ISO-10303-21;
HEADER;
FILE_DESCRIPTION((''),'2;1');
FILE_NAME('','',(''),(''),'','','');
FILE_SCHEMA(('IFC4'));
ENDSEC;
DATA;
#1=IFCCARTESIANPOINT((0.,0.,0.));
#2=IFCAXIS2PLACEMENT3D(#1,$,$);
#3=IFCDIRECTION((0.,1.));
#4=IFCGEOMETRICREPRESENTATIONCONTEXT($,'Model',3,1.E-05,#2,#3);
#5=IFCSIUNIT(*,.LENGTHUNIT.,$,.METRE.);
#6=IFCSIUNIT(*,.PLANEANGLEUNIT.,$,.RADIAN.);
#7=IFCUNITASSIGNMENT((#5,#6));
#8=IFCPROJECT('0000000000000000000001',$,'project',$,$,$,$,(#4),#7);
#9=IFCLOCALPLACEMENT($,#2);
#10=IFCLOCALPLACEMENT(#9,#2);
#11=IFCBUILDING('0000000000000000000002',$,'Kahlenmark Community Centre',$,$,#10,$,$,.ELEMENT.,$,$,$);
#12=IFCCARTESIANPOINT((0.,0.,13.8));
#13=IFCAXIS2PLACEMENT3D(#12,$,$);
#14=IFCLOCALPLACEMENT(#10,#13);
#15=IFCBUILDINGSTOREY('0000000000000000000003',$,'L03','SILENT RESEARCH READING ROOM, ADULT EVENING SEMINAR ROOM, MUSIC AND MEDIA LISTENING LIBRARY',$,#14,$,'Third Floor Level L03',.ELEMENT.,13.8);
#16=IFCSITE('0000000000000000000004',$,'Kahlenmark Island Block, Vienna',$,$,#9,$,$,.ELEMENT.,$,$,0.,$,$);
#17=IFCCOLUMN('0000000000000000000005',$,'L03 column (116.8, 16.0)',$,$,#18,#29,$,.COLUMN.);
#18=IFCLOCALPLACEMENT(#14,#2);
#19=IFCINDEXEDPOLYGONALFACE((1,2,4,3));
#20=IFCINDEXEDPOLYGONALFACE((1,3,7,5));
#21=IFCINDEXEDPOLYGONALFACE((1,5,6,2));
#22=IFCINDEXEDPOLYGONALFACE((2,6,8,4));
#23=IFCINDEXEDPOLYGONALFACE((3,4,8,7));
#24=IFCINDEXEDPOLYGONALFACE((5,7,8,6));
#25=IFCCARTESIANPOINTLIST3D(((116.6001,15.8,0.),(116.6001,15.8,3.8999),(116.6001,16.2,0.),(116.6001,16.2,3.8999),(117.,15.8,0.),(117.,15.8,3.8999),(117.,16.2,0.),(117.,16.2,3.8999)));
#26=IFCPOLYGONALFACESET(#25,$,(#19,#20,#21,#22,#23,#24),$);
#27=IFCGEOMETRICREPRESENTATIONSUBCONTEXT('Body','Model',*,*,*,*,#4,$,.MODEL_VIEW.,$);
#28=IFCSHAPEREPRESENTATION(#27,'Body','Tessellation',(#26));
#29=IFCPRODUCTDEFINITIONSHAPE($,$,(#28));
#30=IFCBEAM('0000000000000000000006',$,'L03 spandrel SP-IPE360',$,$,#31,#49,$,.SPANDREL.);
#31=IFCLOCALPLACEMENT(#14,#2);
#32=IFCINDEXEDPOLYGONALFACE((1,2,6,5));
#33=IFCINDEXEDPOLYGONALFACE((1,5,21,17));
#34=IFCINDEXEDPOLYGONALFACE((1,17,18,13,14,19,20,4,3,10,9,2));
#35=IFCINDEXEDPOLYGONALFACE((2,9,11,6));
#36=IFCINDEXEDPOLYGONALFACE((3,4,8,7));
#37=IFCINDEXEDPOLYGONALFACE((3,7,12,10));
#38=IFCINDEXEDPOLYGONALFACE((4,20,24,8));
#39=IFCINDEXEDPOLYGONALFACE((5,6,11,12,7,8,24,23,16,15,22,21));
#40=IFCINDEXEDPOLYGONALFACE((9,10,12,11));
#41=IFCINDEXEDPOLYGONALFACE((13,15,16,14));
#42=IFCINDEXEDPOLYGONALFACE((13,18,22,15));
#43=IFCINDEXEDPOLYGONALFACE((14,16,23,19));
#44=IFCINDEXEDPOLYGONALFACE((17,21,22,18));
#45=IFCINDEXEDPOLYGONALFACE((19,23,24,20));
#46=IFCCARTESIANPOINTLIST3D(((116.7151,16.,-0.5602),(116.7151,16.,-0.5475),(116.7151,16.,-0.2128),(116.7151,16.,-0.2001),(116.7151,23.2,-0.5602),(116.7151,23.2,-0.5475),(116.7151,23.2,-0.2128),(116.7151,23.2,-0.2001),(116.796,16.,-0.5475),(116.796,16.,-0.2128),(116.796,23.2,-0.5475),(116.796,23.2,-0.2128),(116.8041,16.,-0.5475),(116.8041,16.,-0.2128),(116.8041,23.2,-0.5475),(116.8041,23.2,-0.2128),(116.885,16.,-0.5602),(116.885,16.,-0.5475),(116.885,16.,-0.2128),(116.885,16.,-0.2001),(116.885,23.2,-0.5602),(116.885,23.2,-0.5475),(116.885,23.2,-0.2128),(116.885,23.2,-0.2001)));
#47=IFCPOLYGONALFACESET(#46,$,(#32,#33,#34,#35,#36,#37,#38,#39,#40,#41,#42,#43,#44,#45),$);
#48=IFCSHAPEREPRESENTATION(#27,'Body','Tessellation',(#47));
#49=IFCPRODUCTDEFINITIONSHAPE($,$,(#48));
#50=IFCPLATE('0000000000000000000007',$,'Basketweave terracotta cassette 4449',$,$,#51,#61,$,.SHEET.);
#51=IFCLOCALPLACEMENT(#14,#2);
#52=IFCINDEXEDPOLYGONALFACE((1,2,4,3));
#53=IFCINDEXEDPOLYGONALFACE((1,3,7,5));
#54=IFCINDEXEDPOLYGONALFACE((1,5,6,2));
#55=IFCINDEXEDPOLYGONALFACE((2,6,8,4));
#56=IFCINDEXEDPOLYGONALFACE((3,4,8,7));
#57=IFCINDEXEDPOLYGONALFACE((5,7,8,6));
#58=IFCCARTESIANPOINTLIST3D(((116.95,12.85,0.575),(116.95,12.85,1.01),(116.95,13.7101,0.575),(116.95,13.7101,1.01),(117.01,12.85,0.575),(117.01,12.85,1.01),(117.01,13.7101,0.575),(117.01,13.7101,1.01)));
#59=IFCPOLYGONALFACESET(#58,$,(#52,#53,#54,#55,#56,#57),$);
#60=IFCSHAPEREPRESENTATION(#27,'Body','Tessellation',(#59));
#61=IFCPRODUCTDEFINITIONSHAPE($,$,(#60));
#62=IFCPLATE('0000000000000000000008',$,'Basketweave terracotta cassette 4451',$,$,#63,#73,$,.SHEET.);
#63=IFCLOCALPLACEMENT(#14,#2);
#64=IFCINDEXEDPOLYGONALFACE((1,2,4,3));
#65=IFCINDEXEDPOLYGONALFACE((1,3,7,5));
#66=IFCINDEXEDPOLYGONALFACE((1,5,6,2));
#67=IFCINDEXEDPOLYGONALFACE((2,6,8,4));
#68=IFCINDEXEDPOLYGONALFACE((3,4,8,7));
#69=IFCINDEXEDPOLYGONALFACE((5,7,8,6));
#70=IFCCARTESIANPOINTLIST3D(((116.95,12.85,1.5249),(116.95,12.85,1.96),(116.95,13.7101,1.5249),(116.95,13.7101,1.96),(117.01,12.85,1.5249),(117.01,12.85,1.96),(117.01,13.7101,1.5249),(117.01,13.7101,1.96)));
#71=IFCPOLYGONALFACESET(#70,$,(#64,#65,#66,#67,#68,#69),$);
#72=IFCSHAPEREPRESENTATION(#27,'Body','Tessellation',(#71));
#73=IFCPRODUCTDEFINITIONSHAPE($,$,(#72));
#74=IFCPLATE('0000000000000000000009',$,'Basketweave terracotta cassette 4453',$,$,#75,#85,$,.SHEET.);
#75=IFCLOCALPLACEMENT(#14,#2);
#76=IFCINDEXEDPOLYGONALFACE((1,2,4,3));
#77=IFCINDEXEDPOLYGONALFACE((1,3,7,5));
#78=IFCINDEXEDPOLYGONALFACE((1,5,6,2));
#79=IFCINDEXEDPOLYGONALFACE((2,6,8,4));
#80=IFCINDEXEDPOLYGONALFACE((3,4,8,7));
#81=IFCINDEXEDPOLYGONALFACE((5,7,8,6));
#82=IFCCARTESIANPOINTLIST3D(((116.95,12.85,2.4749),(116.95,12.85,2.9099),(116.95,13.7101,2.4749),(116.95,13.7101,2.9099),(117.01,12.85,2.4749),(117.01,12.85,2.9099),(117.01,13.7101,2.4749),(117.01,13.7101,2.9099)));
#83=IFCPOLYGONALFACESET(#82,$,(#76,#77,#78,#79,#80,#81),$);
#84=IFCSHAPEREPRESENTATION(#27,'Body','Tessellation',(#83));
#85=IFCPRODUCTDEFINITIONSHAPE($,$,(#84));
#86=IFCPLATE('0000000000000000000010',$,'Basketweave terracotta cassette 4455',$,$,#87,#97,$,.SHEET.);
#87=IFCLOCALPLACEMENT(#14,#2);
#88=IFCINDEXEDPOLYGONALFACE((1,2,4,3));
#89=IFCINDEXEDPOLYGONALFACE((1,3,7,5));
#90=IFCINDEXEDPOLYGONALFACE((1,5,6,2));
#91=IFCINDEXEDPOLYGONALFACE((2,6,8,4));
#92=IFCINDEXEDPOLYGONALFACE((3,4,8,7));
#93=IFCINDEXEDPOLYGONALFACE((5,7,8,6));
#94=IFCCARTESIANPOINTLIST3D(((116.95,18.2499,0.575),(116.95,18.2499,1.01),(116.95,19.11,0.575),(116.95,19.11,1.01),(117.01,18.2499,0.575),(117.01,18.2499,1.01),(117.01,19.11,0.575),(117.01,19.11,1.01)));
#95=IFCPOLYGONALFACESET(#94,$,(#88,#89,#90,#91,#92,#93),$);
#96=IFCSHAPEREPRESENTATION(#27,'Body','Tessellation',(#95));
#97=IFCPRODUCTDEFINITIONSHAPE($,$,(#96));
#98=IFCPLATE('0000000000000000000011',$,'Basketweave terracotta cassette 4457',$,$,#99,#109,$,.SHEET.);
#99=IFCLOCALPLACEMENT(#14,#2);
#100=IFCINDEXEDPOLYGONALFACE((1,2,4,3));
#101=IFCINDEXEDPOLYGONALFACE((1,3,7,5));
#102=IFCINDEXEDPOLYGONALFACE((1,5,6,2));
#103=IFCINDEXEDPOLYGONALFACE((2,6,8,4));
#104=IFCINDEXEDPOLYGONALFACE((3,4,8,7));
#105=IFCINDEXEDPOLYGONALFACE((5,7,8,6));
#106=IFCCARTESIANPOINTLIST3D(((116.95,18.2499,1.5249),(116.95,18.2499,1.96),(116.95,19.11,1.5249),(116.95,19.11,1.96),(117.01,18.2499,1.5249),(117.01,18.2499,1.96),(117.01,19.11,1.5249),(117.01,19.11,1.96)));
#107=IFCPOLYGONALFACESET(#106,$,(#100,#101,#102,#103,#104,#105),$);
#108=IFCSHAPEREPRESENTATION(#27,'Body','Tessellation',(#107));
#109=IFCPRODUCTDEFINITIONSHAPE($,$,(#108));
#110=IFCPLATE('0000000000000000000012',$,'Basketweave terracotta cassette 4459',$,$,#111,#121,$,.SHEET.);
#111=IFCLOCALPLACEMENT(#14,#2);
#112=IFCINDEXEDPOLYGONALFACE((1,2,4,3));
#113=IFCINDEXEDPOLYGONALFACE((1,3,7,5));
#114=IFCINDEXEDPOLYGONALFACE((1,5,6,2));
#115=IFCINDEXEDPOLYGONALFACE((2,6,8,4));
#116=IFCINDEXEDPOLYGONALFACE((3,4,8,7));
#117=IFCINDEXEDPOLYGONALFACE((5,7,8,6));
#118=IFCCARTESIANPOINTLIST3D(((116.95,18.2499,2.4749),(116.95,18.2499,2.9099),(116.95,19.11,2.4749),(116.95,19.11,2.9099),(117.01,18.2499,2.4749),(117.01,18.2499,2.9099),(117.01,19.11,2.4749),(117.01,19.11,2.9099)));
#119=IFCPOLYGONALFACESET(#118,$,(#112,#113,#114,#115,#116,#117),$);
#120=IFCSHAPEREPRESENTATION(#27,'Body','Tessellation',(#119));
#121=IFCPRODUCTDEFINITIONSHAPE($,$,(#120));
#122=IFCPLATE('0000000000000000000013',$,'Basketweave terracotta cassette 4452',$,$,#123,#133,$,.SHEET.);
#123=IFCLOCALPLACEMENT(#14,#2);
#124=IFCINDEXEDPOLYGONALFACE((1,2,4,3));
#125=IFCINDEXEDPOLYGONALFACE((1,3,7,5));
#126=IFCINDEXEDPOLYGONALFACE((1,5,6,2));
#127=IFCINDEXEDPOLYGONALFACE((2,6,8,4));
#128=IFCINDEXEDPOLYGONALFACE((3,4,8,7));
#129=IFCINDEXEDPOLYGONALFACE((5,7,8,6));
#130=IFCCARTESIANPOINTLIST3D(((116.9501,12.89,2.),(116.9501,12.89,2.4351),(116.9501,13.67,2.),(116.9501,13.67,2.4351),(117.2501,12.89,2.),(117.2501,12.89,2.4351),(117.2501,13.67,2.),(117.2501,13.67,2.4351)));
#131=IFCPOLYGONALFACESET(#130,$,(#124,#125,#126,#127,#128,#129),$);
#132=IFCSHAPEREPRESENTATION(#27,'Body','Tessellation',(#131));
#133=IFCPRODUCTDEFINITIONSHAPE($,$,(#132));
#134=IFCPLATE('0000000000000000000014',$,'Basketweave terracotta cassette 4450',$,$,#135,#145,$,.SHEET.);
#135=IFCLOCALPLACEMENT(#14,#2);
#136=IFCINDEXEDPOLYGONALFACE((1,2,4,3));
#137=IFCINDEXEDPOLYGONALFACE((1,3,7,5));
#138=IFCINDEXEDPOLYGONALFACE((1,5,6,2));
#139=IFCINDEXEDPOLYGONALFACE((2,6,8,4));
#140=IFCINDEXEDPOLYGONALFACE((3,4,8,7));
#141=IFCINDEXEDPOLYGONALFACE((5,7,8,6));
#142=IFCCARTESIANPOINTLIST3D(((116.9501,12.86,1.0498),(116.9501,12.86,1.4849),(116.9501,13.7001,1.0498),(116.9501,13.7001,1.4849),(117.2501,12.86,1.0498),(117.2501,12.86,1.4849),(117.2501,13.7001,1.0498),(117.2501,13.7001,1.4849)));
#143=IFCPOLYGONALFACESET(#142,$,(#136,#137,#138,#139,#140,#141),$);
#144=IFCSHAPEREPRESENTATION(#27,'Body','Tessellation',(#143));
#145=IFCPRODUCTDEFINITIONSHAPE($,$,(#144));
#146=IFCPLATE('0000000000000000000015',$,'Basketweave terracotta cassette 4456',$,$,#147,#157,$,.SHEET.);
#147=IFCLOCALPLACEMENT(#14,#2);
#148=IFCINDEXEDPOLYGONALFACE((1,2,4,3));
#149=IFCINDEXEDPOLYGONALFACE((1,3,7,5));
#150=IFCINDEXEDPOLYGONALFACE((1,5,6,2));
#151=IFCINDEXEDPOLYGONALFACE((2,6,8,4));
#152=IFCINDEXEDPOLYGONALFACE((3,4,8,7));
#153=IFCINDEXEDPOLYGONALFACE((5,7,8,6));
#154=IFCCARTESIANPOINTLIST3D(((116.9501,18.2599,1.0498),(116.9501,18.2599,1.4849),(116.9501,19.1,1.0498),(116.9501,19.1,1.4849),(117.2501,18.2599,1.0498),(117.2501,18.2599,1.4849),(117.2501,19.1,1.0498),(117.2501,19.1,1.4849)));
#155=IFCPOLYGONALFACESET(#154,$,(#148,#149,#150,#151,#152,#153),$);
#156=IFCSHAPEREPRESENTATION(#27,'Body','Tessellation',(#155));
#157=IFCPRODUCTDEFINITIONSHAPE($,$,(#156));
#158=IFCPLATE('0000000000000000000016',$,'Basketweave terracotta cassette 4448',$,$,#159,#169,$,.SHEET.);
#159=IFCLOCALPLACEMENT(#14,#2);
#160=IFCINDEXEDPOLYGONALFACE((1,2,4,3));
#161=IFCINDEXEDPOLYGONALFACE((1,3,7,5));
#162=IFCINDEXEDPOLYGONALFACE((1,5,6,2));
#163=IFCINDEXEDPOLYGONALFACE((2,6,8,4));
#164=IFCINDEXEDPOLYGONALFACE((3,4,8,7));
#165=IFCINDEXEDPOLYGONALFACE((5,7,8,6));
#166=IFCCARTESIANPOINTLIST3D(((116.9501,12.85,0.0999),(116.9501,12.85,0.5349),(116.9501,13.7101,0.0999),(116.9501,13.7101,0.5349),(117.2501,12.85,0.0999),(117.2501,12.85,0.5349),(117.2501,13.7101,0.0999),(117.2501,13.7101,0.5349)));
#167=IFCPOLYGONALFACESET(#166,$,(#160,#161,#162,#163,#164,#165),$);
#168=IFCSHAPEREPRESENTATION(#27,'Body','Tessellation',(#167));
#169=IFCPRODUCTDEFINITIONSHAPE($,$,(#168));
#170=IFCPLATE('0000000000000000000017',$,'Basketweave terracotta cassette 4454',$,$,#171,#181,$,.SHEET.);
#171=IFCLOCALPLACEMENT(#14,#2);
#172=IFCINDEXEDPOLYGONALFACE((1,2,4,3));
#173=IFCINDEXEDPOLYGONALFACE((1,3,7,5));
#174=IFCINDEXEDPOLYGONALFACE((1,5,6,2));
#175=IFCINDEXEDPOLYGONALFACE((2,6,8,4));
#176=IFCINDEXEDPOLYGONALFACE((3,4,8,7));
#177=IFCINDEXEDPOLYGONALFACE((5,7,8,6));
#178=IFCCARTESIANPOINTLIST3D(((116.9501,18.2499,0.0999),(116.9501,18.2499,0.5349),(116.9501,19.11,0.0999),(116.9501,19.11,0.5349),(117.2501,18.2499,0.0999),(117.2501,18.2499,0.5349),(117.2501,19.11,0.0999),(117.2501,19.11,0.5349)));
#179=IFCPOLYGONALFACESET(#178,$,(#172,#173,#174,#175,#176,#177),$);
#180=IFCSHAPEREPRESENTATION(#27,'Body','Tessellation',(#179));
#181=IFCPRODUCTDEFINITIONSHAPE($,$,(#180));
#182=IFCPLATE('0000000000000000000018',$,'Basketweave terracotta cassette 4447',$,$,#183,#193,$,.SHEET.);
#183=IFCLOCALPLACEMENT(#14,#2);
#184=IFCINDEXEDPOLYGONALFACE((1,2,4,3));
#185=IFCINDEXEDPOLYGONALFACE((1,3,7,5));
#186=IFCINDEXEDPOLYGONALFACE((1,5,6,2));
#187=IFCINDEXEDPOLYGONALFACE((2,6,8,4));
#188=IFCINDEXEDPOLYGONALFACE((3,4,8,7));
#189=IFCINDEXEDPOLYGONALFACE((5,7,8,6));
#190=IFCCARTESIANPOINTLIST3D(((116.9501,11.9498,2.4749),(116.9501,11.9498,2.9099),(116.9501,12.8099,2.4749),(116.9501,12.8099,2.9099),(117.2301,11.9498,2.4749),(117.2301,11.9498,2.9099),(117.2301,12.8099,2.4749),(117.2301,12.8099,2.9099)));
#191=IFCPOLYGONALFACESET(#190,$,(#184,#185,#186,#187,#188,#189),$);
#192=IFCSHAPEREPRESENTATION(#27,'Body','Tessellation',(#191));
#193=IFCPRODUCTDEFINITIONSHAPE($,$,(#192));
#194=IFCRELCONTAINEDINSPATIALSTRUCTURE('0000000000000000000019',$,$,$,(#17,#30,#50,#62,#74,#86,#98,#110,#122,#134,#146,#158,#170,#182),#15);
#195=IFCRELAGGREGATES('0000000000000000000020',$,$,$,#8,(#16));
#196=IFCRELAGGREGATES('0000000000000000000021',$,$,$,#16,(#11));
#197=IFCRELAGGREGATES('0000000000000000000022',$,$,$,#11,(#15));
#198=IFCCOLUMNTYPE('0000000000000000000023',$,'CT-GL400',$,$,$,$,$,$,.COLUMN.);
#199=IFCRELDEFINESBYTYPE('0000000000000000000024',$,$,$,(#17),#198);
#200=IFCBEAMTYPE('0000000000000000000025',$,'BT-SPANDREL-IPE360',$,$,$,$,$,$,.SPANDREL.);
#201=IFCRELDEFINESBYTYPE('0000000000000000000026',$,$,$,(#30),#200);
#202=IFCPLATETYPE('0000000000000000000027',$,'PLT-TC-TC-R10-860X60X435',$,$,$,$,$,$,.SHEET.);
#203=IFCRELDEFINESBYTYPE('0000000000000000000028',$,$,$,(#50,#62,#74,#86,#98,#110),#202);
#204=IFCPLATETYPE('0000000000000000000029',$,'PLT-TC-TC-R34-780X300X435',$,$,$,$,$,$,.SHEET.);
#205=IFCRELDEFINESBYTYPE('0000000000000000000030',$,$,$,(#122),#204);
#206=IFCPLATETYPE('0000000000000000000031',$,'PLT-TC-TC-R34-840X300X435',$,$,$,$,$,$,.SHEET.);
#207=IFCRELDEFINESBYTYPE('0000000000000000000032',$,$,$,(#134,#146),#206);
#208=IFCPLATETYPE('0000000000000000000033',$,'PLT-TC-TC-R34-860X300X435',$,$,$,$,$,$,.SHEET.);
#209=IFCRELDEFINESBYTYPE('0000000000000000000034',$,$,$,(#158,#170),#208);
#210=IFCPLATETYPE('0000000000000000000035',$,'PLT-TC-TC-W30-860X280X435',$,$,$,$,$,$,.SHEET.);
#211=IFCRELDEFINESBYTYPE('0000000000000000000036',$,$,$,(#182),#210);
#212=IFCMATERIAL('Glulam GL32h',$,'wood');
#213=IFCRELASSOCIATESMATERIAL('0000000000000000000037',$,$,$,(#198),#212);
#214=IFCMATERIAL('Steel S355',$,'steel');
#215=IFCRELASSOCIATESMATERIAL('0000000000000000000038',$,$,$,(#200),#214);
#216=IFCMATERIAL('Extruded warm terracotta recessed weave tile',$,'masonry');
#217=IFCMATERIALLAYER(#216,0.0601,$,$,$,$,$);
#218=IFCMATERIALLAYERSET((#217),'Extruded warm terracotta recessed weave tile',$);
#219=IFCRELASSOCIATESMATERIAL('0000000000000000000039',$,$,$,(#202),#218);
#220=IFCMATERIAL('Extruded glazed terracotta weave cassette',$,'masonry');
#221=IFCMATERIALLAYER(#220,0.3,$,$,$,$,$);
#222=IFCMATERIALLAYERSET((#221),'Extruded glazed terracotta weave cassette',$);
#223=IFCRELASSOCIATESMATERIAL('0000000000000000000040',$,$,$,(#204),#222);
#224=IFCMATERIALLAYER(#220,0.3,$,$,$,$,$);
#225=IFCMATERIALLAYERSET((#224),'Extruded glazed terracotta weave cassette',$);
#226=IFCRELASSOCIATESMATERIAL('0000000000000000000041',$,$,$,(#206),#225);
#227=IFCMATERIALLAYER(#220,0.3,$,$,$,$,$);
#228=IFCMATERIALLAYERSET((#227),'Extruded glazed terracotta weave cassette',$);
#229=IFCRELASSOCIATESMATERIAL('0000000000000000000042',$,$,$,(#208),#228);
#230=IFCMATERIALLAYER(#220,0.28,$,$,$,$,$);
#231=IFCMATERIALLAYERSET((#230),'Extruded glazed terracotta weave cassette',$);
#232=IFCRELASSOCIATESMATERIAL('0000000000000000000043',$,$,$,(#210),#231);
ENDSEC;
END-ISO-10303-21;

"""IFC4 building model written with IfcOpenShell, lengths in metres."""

from ifc_helpers import new_model, si_unit, direction, frame, origin, origin_2d, place, context, subcontext, project, spatial, rectangle, i_section, extrude, material, layer, layer_set, material_profile, profile_set, type_object, element, save


model = new_model("IFC4")

# Units and contexts
model_context = context("Model", 3, precision=1e-05, world=origin(), true_north=direction((0.0, 1.0)))
body_context = subcontext(model_context, "Body", "Model", "MODEL_VIEW")
ifc_project = project(units=[si_unit("LENGTHUNIT", "METRE"), si_unit("PLANEANGLEUNIT", "RADIAN")], contexts=[model_context])

# Site, building, storey
site_placement = place(None, origin())
site = spatial("IfcSite", under=ifc_project, at=site_placement, Name="Kahlenmark Island Block, Vienna", CompositionType="ELEMENT", RefElevation=0.0)
building_placement = place(site_placement, origin())
building = spatial("IfcBuilding", under=site, at=building_placement, Name="Kahlenmark Community Centre", CompositionType="ELEMENT")
storey_placement = place(building_placement, frame((0.0, 0.0, 13.8)))
storey = spatial("IfcBuildingStorey", under=building, at=storey_placement, Name="L03", Description="SILENT RESEARCH READING ROOM, ADULT EVENING SEMINAR ROOM, MUSIC AND MEDIA LISTENING LIBRARY", LongName="Third Floor Level L03", CompositionType="ELEMENT", Elevation=13.8)

# Column
ifc_material_1 = material(Name="Glulam GL32h", Category="wood")
ifc_material_profile_1 = material_profile(ifc_material_1, rectangle(XDim=0.3999, YDim=0.3999, at=origin_2d()), Name="GL32h 400x400")
ifc_profile_set_1 = profile_set([ifc_material_profile_1], Name="Glulam GL32h")
column_type = type_object("IfcColumnType", Name="CT-GL400", PredefinedType="COLUMN", material=ifc_profile_set_1)
column_placement = place(storey_placement, frame((116.8, 16.0, 0.0), z_axis=(0.0, 0.0, 1.0), x_axis=(1.0, 0.0, 0.0)))
element("IfcColumn", 1, at=column_placement, inside=storey, type_object=column_type, Name="L03 column (116.8, 16.0)", PredefinedType="COLUMN", context=body_context, shape_type="SweptSolid", body=[
    extrude(rectangle(XDim=0.3999, YDim=0.3999, at=origin_2d()), origin(), (0.0, 0.0, 1.0), 3.8999),
])

# Beam
ifc_material_2 = material(Name="Steel S355", Category="steel")
ifc_material_profile_2 = material_profile(ifc_material_2, i_section(OverallWidth=0.1699, OverallDepth=0.3601, WebThickness=0.0081, FlangeThickness=0.0127, at=origin_2d()), Name="IPE 360")
ifc_profile_set_2 = profile_set([ifc_material_profile_2], Name="Steel S355")
beam_type = type_object("IfcBeamType", Name="BT-SPANDREL-IPE360", PredefinedType="SPANDREL", material=ifc_profile_set_2)
beam_placement = place(storey_placement, frame((116.8, 16.0, -0.3801), z_axis=(0.0, 1.0, 0.0), x_axis=(-1.0, 0.0, 0.0)))
element("IfcBeam", 2, at=beam_placement, inside=storey, type_object=beam_type, Name="L03 spandrel SP-IPE360", PredefinedType="SPANDREL", context=body_context, shape_type="SweptSolid", body=[
    extrude(i_section(OverallWidth=0.1699, OverallDepth=0.3601, WebThickness=0.0081, FlangeThickness=0.0127, at=origin_2d()), origin(), (0.0, 0.0, 1.0), 7.2),
])

# Plates
ifc_material_3 = material(Name="Extruded warm terracotta recessed weave tile", Category="masonry")
ifc_layer_1 = layer(ifc_material_3, 0.0601)
ifc_layer_set_1 = layer_set([ifc_layer_1], Name="Extruded warm terracotta recessed weave tile")
plate_type_1 = type_object("IfcPlateType", Name="PLT-TC-TC-R10-860X60X435", PredefinedType="SHEET", material=ifc_layer_set_1)
for number, where, z_axis, x_axis, name in (
    (3, (116.98, 13.28, 0.575), (0.0, 0.0, 1.0), (0.0, 1.0, 0.0), "Basketweave terracotta cassette 4449"),
    (4, (116.98, 13.28, 1.5249), (0.0, 0.0, 1.0), (0.0, 1.0, 0.0), "Basketweave terracotta cassette 4451"),
    (5, (116.98, 13.28, 2.4749), (0.0, 0.0, 1.0), (0.0, 1.0, 0.0), "Basketweave terracotta cassette 4453"),
    (6, (116.98, 18.6799, 0.575), (0.0, 0.0, 1.0), (0.0, 1.0, 0.0), "Basketweave terracotta cassette 4455"),
    (7, (116.98, 18.6799, 1.5249), (0.0, 0.0, 1.0), (0.0, 1.0, 0.0), "Basketweave terracotta cassette 4457"),
    (8, (116.98, 18.6799, 2.4749), (0.0, 0.0, 1.0), (0.0, 1.0, 0.0), "Basketweave terracotta cassette 4459"),
):
    element("IfcPlate", number, at=place(storey_placement, frame(where, z_axis=z_axis, x_axis=x_axis)), inside=storey, type_object=plate_type_1, Name=name, PredefinedType="SHEET", context=body_context, shape_type="SweptSolid", body=[
        extrude(rectangle(XDim=0.8601, YDim=0.0601, at=origin_2d()), origin(), (0.0, 0.0, 1.0), 0.4351),
    ])
ifc_material_4 = material(Name="Extruded glazed terracotta weave cassette", Category="masonry")
ifc_layer_2 = layer(ifc_material_4, 0.3)
ifc_layer_set_2 = layer_set([ifc_layer_2], Name="Extruded glazed terracotta weave cassette")
plate_type_2 = type_object("IfcPlateType", Name="PLT-TC-TC-R34-780X300X435", PredefinedType="SHEET", material=ifc_layer_set_2)
plate_1_placement = place(storey_placement, frame((117.1001, 13.28, 2.0), z_axis=(0.0, 0.0, 1.0), x_axis=(0.0, 1.0, 0.0)))
element("IfcPlate", 9, at=plate_1_placement, inside=storey, type_object=plate_type_2, Name="Basketweave terracotta cassette 4452", PredefinedType="SHEET", context=body_context, shape_type="SweptSolid", body=[
    extrude(rectangle(XDim=0.78, YDim=0.3, at=origin_2d()), origin(), (0.0, 0.0, 1.0), 0.4351),
])
ifc_layer_3 = layer(ifc_material_4, 0.3)
ifc_layer_set_3 = layer_set([ifc_layer_3], Name="Extruded glazed terracotta weave cassette")
plate_type_3 = type_object("IfcPlateType", Name="PLT-TC-TC-R34-840X300X435", PredefinedType="SHEET", material=ifc_layer_set_3)
for number, where, z_axis, x_axis, name in (
    (10, (117.1001, 13.28, 1.0498), (0.0, 0.0, 1.0), (0.0, 1.0, 0.0), "Basketweave terracotta cassette 4450"),
    (11, (117.1001, 18.6799, 1.0498), (0.0, 0.0, 1.0), (0.0, 1.0, 0.0), "Basketweave terracotta cassette 4456"),
):
    element("IfcPlate", number, at=place(storey_placement, frame(where, z_axis=z_axis, x_axis=x_axis)), inside=storey, type_object=plate_type_3, Name=name, PredefinedType="SHEET", context=body_context, shape_type="SweptSolid", body=[
        extrude(rectangle(XDim=0.8401, YDim=0.3, at=origin_2d()), origin(), (0.0, 0.0, 1.0), 0.4351),
    ])
ifc_layer_4 = layer(ifc_material_4, 0.3)
ifc_layer_set_4 = layer_set([ifc_layer_4], Name="Extruded glazed terracotta weave cassette")
plate_type_4 = type_object("IfcPlateType", Name="PLT-TC-TC-R34-860X300X435", PredefinedType="SHEET", material=ifc_layer_set_4)
for number, where, z_axis, x_axis, name in (
    (12, (117.1001, 13.28, 0.0999), (0.0, 0.0, 1.0), (0.0, 1.0, 0.0), "Basketweave terracotta cassette 4448"),
    (13, (117.1001, 18.6799, 0.0999), (0.0, 0.0, 1.0), (0.0, 1.0, 0.0), "Basketweave terracotta cassette 4454"),
):
    element("IfcPlate", number, at=place(storey_placement, frame(where, z_axis=z_axis, x_axis=x_axis)), inside=storey, type_object=plate_type_4, Name=name, PredefinedType="SHEET", context=body_context, shape_type="SweptSolid", body=[
        extrude(rectangle(XDim=0.8601, YDim=0.3, at=origin_2d()), origin(), (0.0, 0.0, 1.0), 0.4351),
    ])
ifc_layer_5 = layer(ifc_material_4, 0.28)
ifc_layer_set_5 = layer_set([ifc_layer_5], Name="Extruded glazed terracotta weave cassette")
plate_type_5 = type_object("IfcPlateType", Name="PLT-TC-TC-W30-860X280X435", PredefinedType="SHEET", material=ifc_layer_set_5)
plate_2_placement = place(storey_placement, frame((117.0901, 12.3799, 2.4749), z_axis=(0.0, 0.0, 1.0), x_axis=(0.0, 1.0, 0.0)))
element("IfcPlate", 14, at=plate_2_placement, inside=storey, type_object=plate_type_5, Name="Basketweave terracotta cassette 4447", PredefinedType="SHEET", context=body_context, shape_type="SweptSolid", body=[
    extrude(rectangle(XDim=0.8601, YDim=0.28, at=origin_2d()), origin(), (0.0, 0.0, 1.0), 0.4351),
])

save(model, "model.ifc")
